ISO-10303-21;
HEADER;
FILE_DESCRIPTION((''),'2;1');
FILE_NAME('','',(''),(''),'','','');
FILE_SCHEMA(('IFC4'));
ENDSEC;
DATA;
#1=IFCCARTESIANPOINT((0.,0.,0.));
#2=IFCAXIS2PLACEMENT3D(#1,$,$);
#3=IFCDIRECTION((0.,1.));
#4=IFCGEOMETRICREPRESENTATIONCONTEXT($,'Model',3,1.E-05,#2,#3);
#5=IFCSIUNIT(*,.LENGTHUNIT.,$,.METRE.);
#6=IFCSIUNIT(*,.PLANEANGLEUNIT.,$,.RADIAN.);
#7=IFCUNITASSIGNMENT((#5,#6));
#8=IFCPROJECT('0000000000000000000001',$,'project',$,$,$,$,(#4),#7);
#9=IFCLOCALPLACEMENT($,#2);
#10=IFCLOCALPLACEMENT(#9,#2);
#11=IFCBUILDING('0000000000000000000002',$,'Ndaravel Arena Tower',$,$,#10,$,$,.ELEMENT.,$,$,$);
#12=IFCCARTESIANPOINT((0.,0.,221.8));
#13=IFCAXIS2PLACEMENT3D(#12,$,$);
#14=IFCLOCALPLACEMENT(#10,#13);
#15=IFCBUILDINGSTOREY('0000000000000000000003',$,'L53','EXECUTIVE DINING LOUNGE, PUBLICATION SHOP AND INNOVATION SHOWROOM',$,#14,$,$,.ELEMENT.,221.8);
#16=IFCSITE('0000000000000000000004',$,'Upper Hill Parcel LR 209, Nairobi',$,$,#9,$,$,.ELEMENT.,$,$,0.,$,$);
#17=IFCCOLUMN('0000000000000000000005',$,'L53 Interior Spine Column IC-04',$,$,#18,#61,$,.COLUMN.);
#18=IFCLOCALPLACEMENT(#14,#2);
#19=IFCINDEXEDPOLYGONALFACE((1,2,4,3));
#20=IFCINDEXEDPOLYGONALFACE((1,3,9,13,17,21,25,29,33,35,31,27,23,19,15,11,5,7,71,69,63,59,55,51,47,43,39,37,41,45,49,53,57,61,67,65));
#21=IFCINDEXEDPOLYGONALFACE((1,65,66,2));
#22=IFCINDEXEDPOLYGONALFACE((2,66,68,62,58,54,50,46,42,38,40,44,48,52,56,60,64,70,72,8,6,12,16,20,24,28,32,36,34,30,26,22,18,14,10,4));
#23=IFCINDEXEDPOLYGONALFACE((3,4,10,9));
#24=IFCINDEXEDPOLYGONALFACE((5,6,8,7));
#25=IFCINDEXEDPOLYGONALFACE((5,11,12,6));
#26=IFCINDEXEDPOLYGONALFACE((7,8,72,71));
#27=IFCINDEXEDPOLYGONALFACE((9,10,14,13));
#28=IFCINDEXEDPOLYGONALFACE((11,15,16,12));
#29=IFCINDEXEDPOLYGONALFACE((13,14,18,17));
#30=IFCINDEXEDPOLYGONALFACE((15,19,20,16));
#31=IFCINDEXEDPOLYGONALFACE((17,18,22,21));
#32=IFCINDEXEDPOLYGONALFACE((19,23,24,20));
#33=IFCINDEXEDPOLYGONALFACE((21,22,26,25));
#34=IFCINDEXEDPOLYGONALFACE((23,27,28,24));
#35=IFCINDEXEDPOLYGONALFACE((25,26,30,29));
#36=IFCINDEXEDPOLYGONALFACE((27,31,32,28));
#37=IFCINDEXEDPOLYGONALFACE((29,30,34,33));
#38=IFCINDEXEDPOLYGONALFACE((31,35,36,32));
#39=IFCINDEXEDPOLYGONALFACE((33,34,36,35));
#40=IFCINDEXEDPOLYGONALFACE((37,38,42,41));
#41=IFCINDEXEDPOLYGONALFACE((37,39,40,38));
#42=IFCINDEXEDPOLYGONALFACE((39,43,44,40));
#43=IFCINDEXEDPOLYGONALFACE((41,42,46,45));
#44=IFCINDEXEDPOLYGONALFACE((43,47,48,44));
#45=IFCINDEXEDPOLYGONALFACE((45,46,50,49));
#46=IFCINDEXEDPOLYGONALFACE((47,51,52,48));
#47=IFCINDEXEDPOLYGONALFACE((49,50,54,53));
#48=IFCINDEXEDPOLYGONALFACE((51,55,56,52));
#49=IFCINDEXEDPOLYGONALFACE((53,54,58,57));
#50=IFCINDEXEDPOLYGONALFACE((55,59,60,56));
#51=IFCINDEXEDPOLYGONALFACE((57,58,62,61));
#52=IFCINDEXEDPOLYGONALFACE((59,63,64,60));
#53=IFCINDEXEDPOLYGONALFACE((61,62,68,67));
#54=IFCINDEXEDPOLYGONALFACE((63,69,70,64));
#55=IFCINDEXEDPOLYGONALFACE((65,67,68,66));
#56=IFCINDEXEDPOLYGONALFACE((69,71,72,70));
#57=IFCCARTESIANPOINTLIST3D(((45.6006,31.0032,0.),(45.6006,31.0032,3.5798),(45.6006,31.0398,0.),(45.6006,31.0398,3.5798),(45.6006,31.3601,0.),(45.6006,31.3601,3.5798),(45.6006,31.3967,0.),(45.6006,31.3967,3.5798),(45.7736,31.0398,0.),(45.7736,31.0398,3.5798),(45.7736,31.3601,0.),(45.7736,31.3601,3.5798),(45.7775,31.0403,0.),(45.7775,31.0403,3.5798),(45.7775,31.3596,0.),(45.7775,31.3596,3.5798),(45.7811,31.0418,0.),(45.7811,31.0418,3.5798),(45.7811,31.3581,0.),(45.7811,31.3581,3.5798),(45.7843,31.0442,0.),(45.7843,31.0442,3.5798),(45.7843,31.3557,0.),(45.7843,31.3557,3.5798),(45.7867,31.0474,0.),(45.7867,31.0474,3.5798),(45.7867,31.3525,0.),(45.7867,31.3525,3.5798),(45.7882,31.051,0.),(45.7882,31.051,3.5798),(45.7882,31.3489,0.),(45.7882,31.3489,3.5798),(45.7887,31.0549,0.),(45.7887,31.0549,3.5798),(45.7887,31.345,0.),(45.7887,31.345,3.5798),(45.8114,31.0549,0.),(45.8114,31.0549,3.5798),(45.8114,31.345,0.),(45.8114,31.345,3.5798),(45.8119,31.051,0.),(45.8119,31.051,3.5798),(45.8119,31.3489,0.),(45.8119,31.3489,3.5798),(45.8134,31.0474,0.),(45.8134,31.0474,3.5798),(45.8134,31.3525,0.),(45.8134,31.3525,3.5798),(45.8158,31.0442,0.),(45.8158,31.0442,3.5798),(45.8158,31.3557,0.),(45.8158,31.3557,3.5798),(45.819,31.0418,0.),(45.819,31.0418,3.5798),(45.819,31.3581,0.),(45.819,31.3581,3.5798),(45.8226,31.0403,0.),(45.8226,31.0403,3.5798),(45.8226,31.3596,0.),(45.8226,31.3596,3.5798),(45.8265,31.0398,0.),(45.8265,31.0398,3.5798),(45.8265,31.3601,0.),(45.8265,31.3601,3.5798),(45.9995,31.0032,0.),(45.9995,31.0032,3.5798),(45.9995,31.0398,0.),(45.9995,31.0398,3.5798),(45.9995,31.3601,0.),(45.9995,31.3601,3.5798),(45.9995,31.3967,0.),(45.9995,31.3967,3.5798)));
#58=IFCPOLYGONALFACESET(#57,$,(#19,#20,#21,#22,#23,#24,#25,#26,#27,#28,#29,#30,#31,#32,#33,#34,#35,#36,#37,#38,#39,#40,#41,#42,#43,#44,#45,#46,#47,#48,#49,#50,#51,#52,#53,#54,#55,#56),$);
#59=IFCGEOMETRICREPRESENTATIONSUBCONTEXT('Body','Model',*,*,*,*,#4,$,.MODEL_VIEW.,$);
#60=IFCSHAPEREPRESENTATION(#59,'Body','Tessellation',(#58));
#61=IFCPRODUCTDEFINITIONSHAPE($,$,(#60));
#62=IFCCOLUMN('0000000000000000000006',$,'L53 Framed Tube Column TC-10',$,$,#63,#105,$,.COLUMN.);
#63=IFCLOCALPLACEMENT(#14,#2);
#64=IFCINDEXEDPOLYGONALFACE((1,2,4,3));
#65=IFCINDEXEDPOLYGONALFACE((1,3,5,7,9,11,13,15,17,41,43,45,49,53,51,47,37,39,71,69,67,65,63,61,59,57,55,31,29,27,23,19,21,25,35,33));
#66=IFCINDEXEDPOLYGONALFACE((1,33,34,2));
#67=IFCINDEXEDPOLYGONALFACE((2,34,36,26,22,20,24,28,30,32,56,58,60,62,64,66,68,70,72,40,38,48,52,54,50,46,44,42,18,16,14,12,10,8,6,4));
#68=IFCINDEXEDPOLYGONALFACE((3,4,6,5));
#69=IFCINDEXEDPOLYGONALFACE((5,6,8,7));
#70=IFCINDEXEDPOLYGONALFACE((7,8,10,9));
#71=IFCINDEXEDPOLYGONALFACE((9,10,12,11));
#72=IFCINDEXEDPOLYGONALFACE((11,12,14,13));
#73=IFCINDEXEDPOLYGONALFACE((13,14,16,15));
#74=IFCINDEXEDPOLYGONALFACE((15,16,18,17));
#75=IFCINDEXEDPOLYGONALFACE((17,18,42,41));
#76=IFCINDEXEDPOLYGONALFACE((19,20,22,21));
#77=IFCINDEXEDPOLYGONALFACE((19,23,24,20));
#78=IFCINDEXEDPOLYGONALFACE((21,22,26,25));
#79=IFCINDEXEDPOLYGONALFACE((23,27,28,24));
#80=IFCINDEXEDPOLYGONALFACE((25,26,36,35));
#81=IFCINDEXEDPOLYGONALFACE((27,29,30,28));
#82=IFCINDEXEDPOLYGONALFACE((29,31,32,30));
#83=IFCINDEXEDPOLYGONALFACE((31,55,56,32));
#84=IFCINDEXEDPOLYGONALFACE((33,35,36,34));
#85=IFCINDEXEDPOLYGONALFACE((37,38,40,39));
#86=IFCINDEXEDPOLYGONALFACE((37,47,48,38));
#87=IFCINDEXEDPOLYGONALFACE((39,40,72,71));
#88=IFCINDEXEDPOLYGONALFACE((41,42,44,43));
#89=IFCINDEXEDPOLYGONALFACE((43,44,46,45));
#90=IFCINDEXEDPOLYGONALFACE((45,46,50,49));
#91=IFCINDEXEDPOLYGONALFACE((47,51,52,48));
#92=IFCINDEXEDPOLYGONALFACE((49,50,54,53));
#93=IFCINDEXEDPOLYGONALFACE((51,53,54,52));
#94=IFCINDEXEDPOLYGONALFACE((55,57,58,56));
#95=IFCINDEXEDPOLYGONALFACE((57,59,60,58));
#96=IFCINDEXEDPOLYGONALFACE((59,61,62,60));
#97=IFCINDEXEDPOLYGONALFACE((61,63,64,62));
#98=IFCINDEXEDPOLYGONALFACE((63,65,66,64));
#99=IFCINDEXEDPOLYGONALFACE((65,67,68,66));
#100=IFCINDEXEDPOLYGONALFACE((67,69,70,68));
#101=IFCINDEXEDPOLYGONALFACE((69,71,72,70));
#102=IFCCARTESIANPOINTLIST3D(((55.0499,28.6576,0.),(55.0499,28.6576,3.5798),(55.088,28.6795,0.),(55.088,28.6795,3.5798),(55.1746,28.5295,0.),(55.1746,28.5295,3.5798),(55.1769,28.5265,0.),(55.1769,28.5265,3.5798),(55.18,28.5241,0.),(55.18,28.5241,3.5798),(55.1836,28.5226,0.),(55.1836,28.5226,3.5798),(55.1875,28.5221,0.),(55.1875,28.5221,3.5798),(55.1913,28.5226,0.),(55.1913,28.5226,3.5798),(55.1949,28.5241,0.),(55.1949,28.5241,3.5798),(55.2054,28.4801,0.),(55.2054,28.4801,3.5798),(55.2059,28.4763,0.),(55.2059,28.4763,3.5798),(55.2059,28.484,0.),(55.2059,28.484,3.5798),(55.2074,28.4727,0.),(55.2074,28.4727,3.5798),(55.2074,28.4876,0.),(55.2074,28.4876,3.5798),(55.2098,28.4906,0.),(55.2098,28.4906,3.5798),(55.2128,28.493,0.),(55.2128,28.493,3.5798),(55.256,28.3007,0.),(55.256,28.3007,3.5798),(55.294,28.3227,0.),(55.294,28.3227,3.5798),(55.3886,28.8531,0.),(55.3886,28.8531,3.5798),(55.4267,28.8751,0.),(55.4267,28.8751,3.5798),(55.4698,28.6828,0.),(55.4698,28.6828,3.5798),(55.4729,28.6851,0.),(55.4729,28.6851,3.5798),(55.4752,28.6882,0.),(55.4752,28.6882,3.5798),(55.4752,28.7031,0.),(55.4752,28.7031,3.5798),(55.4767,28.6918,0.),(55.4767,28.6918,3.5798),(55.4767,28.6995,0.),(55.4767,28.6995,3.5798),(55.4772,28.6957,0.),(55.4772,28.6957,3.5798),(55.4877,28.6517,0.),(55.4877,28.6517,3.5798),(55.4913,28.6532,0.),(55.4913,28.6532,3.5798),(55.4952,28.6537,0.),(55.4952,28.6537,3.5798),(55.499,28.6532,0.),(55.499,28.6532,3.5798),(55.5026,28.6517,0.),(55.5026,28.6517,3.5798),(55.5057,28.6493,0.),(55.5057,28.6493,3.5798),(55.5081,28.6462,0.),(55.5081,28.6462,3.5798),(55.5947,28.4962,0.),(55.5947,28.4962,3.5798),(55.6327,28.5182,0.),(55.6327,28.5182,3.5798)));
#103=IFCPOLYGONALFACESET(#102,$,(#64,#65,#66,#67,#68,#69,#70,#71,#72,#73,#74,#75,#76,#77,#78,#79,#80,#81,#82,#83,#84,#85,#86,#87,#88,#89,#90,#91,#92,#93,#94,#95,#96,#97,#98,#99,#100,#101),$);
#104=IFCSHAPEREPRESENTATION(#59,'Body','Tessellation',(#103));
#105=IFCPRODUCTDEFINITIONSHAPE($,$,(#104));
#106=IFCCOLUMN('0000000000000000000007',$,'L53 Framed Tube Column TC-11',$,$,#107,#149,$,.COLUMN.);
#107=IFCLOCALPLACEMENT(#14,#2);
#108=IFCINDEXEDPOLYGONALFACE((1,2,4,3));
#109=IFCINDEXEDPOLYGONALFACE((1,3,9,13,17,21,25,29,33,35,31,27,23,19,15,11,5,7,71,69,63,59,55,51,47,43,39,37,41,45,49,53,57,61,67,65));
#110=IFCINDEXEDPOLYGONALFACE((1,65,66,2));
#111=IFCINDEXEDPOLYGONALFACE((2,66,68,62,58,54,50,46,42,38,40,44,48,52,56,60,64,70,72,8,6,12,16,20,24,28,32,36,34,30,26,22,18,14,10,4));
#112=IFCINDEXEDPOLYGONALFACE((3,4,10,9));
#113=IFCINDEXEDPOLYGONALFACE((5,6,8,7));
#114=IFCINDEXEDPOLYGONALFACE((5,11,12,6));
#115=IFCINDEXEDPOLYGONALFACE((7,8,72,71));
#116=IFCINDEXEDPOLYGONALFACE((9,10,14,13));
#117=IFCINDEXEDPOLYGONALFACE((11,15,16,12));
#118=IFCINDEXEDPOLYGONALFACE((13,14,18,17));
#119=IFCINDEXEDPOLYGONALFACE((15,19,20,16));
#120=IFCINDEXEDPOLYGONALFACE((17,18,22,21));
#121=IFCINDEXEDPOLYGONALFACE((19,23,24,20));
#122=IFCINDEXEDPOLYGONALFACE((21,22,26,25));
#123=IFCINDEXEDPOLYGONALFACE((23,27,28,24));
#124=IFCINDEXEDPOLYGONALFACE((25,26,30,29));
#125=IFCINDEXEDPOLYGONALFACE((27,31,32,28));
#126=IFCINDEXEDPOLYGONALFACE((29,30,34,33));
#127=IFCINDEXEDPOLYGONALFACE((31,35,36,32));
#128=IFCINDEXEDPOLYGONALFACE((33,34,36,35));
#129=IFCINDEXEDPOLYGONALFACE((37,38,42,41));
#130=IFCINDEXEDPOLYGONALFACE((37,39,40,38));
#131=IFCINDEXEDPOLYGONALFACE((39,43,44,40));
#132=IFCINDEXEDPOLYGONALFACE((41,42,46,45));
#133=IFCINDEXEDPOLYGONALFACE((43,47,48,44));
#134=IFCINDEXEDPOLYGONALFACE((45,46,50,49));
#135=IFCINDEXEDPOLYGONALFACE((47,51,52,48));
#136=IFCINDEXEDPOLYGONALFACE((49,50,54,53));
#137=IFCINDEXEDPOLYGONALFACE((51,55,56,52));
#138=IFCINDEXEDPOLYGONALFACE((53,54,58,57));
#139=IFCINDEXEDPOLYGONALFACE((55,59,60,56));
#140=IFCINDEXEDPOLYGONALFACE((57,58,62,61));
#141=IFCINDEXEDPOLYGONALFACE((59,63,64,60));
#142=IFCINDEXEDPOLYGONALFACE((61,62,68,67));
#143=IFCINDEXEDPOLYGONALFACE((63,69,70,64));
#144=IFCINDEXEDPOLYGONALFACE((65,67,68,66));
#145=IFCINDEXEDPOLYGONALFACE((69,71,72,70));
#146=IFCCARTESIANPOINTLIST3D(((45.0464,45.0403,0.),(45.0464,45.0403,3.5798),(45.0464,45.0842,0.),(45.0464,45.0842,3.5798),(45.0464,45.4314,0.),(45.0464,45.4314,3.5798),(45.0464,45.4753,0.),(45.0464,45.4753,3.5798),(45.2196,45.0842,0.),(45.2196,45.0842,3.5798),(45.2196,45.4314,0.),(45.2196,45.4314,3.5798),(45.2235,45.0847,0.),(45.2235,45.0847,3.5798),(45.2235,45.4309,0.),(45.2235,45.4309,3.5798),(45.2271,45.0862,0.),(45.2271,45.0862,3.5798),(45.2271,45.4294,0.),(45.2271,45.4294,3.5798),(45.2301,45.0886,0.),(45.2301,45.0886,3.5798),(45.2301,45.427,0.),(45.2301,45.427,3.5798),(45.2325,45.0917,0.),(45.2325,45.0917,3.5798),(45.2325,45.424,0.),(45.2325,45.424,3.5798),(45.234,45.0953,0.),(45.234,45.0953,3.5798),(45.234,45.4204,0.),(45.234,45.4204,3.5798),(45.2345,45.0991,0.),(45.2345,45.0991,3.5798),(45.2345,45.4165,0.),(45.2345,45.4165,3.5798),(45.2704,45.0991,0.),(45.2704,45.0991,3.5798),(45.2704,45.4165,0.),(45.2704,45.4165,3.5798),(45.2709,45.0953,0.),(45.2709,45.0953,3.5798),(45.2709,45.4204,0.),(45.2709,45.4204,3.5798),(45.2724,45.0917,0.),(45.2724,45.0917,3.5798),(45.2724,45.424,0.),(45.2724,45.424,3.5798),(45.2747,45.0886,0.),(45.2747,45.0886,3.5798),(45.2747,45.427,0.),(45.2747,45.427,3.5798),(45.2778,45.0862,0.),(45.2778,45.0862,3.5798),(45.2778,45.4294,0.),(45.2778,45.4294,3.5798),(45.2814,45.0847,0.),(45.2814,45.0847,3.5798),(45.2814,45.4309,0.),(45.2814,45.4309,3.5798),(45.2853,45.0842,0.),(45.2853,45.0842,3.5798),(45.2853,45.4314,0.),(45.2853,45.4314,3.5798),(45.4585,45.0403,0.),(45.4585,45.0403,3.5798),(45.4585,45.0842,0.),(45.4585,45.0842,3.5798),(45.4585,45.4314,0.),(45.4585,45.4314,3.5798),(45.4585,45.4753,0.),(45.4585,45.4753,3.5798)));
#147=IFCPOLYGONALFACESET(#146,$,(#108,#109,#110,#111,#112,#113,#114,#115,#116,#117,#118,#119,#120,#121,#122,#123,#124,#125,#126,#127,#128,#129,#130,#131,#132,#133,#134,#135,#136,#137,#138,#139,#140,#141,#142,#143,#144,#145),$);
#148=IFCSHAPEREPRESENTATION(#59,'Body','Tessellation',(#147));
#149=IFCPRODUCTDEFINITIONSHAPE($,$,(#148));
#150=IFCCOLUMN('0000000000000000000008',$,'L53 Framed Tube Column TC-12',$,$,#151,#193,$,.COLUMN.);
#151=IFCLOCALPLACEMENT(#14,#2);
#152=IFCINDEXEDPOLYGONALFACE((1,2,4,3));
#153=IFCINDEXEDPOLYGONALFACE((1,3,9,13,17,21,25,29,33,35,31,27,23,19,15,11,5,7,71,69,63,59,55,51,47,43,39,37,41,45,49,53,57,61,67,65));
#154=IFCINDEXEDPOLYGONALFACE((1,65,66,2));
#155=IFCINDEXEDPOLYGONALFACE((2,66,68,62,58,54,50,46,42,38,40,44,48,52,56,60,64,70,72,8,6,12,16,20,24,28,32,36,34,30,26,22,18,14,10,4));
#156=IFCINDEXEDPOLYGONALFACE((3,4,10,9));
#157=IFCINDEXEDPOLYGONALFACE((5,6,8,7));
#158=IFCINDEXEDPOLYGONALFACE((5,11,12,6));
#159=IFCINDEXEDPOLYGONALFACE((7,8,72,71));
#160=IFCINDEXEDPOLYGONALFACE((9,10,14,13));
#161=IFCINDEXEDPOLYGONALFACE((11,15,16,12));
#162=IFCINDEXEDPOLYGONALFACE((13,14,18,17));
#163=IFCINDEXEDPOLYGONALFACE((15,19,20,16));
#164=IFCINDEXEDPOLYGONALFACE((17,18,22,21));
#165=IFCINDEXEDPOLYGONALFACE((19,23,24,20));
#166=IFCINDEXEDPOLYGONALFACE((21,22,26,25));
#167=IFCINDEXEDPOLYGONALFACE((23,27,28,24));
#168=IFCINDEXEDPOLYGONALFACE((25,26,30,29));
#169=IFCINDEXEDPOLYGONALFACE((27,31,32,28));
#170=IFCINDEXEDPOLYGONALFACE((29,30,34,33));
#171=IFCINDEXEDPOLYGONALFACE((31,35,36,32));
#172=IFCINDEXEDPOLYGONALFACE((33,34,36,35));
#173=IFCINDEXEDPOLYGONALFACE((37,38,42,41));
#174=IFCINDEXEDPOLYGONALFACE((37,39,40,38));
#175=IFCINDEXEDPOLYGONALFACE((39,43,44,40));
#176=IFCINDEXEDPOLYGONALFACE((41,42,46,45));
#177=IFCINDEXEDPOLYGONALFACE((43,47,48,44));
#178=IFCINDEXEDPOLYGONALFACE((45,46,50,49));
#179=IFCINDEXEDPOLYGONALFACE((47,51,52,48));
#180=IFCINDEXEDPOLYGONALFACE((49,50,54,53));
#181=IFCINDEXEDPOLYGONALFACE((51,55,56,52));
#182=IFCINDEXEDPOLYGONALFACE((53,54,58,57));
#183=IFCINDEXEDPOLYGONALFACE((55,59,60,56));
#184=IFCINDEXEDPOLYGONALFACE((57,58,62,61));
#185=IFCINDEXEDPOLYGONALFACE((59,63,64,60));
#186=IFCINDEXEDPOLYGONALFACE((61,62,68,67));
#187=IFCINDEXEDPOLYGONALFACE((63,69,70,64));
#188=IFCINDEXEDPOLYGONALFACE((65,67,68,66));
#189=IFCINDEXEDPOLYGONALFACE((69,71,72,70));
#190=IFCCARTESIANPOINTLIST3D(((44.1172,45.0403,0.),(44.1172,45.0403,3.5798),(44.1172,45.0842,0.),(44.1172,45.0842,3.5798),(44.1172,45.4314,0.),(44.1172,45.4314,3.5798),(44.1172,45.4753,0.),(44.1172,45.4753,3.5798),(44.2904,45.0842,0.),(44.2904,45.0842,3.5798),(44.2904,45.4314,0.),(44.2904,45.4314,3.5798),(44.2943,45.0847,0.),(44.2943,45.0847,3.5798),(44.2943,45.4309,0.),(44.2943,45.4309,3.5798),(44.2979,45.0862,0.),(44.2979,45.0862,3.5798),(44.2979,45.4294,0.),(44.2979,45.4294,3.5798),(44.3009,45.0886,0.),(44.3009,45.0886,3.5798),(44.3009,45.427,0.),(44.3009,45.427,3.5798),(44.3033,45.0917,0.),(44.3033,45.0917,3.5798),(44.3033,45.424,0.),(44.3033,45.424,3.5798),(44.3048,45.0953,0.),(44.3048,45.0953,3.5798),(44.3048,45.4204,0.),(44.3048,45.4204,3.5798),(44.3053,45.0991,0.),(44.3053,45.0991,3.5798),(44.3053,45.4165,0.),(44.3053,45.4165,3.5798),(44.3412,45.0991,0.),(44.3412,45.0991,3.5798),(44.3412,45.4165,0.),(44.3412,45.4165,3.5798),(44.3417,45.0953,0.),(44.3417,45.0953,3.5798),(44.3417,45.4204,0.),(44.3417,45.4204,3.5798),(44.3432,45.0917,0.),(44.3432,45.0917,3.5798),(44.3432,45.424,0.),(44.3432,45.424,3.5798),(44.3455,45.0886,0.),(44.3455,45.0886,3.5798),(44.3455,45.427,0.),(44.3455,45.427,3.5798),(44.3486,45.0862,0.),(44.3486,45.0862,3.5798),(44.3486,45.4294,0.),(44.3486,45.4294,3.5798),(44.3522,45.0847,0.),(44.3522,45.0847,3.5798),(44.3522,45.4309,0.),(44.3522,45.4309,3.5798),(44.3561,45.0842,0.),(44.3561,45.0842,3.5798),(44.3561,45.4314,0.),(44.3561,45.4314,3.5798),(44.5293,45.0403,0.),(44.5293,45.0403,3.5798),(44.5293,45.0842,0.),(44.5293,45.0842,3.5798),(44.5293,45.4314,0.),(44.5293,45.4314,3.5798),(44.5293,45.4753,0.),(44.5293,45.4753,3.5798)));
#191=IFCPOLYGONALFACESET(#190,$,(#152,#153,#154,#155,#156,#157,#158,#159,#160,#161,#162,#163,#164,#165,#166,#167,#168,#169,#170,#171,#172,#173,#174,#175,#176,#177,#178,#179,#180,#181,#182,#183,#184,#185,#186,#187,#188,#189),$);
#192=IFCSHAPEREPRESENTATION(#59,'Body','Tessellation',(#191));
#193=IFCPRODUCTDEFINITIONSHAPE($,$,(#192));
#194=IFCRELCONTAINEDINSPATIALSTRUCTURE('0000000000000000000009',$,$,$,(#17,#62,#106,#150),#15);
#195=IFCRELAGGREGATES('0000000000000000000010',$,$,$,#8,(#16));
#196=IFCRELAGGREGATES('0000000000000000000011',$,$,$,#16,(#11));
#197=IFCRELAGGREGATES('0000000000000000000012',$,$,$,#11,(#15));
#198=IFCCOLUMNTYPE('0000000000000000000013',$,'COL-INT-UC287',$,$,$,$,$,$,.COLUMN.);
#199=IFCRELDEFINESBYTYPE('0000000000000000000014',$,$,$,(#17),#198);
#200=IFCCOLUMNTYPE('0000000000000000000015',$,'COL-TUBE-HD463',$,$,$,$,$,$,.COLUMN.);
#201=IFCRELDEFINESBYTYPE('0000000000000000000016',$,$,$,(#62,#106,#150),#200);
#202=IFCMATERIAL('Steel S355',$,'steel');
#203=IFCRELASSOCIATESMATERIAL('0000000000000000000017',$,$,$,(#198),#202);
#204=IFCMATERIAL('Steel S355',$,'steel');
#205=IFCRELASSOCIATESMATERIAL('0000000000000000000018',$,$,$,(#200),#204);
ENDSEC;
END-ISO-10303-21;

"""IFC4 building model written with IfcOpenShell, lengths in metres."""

from ifc_helpers import new_model, si_unit, direction, frame, origin, origin_2d, place, context, subcontext, project, spatial, i_section, extrude, material, material_profile, profile_set, type_object, element, save


model = new_model("IFC4")

# Units and contexts
model_context = context("Model", 3, precision=1e-05, world=origin(), true_north=direction((0.0, 1.0)))
body_context = subcontext(model_context, "Body", "Model", "MODEL_VIEW")
ifc_project = project(units=[si_unit("LENGTHUNIT", "METRE"), si_unit("PLANEANGLEUNIT", "RADIAN")], contexts=[model_context])

# Site, building, storey
site_placement = place(None, origin())
site = spatial("IfcSite", under=ifc_project, at=site_placement, Name="Upper Hill Parcel LR 209, Nairobi", CompositionType="ELEMENT", RefElevation=0.0)
building_placement = place(site_placement, origin())
building = spatial("IfcBuilding", under=site, at=building_placement, Name="Ndaravel Arena Tower", CompositionType="ELEMENT")
storey_placement = place(building_placement, frame((0.0, 0.0, 221.8)))
storey = spatial("IfcBuildingStorey", under=building, at=storey_placement, Name="L53", Description="EXECUTIVE DINING LOUNGE, PUBLICATION SHOP AND INNOVATION SHOWROOM", CompositionType="ELEMENT", Elevation=221.8)

# Columns
ifc_material_1 = material(Name="Steel S355", Category="steel")
ifc_material_profile_1 = material_profile(ifc_material_1, i_section(OverallWidth=0.3989, OverallDepth=0.3936, WebThickness=0.0227, FlangeThickness=0.0366, FilletRadius=0.0151, at=origin_2d()), Name="UC 356x406x287")
ifc_profile_set_1 = profile_set([ifc_material_profile_1], Name="Steel S355")
column_type_1 = type_object("IfcColumnType", Name="COL-INT-UC287", PredefinedType="COLUMN", material=ifc_profile_set_1)
column_placement = place(storey_placement, frame((45.8, 31.2, 0.0), z_axis=(0.0, 0.0, 1.0), x_axis=(1.0, 0.0, 0.0)))
element("IfcColumn", 1, at=column_placement, inside=storey, type_object=column_type_1, Name="L53 Interior Spine Column IC-04", PredefinedType="COLUMN", context=body_context, shape_type="SweptSolid", body=[
    extrude(i_section(OverallWidth=0.3989, OverallDepth=0.3936, WebThickness=0.0227, FlangeThickness=0.0366, FilletRadius=0.0151, at=origin_2d()), origin(), (0.0, 0.0, 1.0), 3.5798),
])
ifc_material_2 = material(Name="Steel S355", Category="steel")
ifc_material_profile_2 = material_profile(ifc_material_2, i_section(OverallWidth=0.4121, OverallDepth=0.4351, WebThickness=0.0359, FlangeThickness=0.0439, FilletRadius=0.0149, at=origin_2d()), Name="HD 400x463")
ifc_profile_set_2 = profile_set([ifc_material_profile_2], Name="Steel S355")
column_type_2 = type_object("IfcColumnType", Name="COL-TUBE-HD463", PredefinedType="COLUMN", material=ifc_profile_set_2)
for number, where, z_axis, x_axis, name in (
    (2, (55.3413, 28.5879, 0.0), (0.0, 0.0, 1.0), (-0.5, 0.866025, 0.0), "L53 Framed Tube Column TC-10"),
    (3, (45.2524, 45.2578, 0.0), (0.0, 0.0, 1.0), (1.0, 0.0, 0.0), "L53 Framed Tube Column TC-11"),
    (4, (44.3232, 45.2578, 0.0), (0.0, 0.0, 1.0), (1.0, 0.0, 0.0), "L53 Framed Tube Column TC-12"),
):
    element("IfcColumn", number, at=place(storey_placement, frame(where, z_axis=z_axis, x_axis=x_axis)), inside=storey, type_object=column_type_2, Name=name, PredefinedType="COLUMN", context=body_context, shape_type="SweptSolid", body=[
        extrude(i_section(OverallWidth=0.4121, OverallDepth=0.4351, WebThickness=0.0359, FlangeThickness=0.0439, FilletRadius=0.0149, at=origin_2d()), origin(), (0.0, 0.0, 1.0), 3.5798),
    ])

save(model, "model.ifc")
